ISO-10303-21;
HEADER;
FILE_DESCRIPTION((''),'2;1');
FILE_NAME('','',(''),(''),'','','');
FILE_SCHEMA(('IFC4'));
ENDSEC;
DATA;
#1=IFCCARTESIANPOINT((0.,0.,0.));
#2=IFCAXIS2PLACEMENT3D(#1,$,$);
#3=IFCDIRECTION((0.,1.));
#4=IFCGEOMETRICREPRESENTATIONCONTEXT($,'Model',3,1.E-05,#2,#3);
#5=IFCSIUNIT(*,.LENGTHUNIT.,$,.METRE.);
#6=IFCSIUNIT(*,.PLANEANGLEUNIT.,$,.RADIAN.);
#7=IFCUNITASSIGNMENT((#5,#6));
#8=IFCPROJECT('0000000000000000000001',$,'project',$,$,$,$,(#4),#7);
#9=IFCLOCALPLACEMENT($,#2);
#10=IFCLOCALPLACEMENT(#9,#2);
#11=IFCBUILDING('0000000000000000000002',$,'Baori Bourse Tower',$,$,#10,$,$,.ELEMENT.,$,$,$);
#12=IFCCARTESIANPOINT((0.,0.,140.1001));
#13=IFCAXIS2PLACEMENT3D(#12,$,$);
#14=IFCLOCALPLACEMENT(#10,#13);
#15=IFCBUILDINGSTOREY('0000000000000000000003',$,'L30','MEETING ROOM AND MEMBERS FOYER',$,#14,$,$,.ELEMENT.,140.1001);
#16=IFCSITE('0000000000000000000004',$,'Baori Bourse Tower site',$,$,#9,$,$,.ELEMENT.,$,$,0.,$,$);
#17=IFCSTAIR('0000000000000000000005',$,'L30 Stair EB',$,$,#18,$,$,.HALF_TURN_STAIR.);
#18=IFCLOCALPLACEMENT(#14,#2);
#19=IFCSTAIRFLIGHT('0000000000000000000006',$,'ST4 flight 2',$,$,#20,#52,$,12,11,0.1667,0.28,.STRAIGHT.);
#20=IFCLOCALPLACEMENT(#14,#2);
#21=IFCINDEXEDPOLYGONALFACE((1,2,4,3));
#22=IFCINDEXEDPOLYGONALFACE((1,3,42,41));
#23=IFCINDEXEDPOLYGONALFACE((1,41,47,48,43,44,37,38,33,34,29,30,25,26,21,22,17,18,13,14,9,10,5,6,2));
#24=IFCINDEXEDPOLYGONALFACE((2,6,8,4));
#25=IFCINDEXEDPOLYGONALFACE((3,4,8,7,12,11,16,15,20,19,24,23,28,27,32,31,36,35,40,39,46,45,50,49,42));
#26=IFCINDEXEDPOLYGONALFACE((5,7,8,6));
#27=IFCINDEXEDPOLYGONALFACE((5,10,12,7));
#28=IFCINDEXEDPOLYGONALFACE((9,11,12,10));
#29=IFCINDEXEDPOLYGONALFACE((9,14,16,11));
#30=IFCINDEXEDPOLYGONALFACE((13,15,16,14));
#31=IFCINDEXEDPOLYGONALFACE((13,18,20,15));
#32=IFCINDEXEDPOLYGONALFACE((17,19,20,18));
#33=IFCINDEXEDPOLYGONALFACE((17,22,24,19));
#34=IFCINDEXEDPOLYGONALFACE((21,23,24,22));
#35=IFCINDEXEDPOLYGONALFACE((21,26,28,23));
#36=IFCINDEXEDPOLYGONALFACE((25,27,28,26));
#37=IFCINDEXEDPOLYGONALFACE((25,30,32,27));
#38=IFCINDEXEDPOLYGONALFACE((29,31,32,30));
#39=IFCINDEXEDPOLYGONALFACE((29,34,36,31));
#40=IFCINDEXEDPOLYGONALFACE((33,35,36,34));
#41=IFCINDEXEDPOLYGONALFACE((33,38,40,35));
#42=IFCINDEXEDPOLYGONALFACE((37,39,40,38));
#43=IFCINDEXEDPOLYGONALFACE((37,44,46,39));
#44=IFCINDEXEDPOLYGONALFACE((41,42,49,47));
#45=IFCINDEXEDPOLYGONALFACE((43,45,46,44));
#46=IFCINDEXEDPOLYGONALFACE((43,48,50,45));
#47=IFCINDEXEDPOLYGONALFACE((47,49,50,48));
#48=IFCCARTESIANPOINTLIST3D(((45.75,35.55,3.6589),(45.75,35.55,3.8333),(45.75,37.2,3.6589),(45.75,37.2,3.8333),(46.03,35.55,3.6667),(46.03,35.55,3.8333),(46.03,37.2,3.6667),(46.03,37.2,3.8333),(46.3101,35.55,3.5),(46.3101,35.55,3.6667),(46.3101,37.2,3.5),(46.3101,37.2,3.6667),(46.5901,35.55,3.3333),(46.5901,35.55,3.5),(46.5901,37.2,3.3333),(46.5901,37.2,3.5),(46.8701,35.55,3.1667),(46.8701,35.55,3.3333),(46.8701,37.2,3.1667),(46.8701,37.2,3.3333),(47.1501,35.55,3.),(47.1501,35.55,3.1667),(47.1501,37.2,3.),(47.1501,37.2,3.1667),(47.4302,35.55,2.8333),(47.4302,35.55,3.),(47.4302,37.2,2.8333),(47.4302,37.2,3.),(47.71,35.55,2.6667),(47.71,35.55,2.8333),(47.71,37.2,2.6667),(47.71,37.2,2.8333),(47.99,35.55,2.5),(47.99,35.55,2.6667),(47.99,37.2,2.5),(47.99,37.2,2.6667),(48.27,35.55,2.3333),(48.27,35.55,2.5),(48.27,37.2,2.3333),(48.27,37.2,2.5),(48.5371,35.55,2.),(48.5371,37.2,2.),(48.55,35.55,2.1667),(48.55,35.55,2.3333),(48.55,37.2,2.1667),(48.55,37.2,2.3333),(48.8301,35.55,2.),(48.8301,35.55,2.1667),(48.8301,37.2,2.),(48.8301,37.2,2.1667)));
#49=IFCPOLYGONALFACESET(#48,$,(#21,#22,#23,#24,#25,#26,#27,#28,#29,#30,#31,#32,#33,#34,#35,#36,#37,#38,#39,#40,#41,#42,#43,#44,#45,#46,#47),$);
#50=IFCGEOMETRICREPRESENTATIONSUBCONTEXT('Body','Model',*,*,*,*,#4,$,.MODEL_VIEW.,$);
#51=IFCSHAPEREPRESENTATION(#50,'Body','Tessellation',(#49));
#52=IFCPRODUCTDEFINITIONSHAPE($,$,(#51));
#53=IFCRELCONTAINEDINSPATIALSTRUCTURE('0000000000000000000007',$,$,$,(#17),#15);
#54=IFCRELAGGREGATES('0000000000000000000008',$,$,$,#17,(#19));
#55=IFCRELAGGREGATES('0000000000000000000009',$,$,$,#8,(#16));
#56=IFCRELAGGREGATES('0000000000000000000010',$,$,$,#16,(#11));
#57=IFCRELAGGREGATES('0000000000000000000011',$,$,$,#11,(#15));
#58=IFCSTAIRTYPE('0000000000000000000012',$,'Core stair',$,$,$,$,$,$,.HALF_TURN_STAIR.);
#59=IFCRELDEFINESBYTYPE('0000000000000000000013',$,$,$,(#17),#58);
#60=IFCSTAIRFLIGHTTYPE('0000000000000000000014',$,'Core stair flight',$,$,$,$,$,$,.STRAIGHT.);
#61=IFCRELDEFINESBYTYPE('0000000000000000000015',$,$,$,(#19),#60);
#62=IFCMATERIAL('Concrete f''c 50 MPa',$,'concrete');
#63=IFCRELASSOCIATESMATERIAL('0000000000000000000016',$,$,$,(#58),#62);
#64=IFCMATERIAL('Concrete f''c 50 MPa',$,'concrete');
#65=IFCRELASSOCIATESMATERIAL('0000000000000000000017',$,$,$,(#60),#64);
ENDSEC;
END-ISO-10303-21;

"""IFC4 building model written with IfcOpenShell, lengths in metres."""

from ifc_helpers import new_model, si_unit, direction, frame, origin, place, context, subcontext, project, spatial, polyline, outline, extrude, material, type_object, element, aggregate, save


model = new_model("IFC4")

# Units and contexts
model_context = context("Model", 3, precision=1e-05, world=origin(), true_north=direction((0.0, 1.0)))
body_context = subcontext(model_context, "Body", "Model", "MODEL_VIEW")
ifc_project = project(units=[si_unit("LENGTHUNIT", "METRE"), si_unit("PLANEANGLEUNIT", "RADIAN")], contexts=[model_context])

# Site, building, storey
site_placement = place(None, origin())
site = spatial("IfcSite", under=ifc_project, at=site_placement, Name="Baori Bourse Tower site", CompositionType="ELEMENT", RefElevation=0.0)
building_placement = place(site_placement, origin())
building = spatial("IfcBuilding", under=site, at=building_placement, Name="Baori Bourse Tower", CompositionType="ELEMENT")
storey_placement = place(building_placement, frame((0.0, 0.0, 140.1001)))
storey = spatial("IfcBuildingStorey", under=building, at=storey_placement, Name="L30", Description="MEETING ROOM AND MEMBERS FOYER", CompositionType="ELEMENT", Elevation=140.1001)

# Stair, stair flight
ifc_material_1 = material(Name="Concrete f'c 50 MPa", Category="concrete")
stair_type = type_object("IfcStairType", Name="Core stair", PredefinedType="HALF_TURN_STAIR", material=ifc_material_1)
stair_placement = place(storey_placement, origin())
stair = element("IfcStair", 1, at=stair_placement, inside=storey, type_object=stair_type, Name="L30 Stair EB", PredefinedType="HALF_TURN_STAIR")
ifc_material_2 = material(Name="Concrete f'c 50 MPa", Category="concrete")
stair_flight_type = type_object("IfcStairFlightType", Name="Core stair flight", PredefinedType="STRAIGHT", material=ifc_material_2)
stair_flight_1_placement = place(storey_placement, frame((48.8301, 36.375, 2.0), z_axis=(0.0, 0.0, 1.0), x_axis=(-1.0, 0.0, 0.0)))
stair_flight_1 = element("IfcStairFlight", 2, at=stair_flight_1_placement, type_object=stair_flight_type, Name="ST4 flight 2", NumberOfRisers=12, NumberOfTreads=11, PredefinedType="STRAIGHT", RiserHeight=0.1667, TreadLength=0.28, context=body_context, shape_type="SweptSolid", body=[
    extrude(outline(polyline([(0.0, 0.0), (0.0, 0.1667), (0.28, 0.1667), (0.28, 0.3333), (0.5601, 0.3333), (0.5601, 0.5), (0.8401, 0.5), (0.8401, 0.6667), (1.1201, 0.6667), (1.1201, 0.8333), (1.3999, 0.8333), (1.3999, 1.0), (1.6799, 1.0), (1.6799, 1.1667), (1.96, 1.1667), (1.96, 1.3333), (2.24, 1.3333), (2.24, 1.5), (2.52, 1.5), (2.52, 1.6667), (2.8, 1.6667), (2.8, 1.8333), (3.0801, 1.8333), (3.0801, 2.0), (3.0801, 1.6589), (0.293, 0.0), (0.0, 0.0)])), frame((0.0, 0.825, 0.0), z_axis=(0.0, -1.0, 0.0), x_axis=(1.0, 0.0, 0.0)), (0.0, 0.0, 1.0), 1.6499),
])
aggregate(stair, [stair_flight_1])

save(model, "model.ifc")
